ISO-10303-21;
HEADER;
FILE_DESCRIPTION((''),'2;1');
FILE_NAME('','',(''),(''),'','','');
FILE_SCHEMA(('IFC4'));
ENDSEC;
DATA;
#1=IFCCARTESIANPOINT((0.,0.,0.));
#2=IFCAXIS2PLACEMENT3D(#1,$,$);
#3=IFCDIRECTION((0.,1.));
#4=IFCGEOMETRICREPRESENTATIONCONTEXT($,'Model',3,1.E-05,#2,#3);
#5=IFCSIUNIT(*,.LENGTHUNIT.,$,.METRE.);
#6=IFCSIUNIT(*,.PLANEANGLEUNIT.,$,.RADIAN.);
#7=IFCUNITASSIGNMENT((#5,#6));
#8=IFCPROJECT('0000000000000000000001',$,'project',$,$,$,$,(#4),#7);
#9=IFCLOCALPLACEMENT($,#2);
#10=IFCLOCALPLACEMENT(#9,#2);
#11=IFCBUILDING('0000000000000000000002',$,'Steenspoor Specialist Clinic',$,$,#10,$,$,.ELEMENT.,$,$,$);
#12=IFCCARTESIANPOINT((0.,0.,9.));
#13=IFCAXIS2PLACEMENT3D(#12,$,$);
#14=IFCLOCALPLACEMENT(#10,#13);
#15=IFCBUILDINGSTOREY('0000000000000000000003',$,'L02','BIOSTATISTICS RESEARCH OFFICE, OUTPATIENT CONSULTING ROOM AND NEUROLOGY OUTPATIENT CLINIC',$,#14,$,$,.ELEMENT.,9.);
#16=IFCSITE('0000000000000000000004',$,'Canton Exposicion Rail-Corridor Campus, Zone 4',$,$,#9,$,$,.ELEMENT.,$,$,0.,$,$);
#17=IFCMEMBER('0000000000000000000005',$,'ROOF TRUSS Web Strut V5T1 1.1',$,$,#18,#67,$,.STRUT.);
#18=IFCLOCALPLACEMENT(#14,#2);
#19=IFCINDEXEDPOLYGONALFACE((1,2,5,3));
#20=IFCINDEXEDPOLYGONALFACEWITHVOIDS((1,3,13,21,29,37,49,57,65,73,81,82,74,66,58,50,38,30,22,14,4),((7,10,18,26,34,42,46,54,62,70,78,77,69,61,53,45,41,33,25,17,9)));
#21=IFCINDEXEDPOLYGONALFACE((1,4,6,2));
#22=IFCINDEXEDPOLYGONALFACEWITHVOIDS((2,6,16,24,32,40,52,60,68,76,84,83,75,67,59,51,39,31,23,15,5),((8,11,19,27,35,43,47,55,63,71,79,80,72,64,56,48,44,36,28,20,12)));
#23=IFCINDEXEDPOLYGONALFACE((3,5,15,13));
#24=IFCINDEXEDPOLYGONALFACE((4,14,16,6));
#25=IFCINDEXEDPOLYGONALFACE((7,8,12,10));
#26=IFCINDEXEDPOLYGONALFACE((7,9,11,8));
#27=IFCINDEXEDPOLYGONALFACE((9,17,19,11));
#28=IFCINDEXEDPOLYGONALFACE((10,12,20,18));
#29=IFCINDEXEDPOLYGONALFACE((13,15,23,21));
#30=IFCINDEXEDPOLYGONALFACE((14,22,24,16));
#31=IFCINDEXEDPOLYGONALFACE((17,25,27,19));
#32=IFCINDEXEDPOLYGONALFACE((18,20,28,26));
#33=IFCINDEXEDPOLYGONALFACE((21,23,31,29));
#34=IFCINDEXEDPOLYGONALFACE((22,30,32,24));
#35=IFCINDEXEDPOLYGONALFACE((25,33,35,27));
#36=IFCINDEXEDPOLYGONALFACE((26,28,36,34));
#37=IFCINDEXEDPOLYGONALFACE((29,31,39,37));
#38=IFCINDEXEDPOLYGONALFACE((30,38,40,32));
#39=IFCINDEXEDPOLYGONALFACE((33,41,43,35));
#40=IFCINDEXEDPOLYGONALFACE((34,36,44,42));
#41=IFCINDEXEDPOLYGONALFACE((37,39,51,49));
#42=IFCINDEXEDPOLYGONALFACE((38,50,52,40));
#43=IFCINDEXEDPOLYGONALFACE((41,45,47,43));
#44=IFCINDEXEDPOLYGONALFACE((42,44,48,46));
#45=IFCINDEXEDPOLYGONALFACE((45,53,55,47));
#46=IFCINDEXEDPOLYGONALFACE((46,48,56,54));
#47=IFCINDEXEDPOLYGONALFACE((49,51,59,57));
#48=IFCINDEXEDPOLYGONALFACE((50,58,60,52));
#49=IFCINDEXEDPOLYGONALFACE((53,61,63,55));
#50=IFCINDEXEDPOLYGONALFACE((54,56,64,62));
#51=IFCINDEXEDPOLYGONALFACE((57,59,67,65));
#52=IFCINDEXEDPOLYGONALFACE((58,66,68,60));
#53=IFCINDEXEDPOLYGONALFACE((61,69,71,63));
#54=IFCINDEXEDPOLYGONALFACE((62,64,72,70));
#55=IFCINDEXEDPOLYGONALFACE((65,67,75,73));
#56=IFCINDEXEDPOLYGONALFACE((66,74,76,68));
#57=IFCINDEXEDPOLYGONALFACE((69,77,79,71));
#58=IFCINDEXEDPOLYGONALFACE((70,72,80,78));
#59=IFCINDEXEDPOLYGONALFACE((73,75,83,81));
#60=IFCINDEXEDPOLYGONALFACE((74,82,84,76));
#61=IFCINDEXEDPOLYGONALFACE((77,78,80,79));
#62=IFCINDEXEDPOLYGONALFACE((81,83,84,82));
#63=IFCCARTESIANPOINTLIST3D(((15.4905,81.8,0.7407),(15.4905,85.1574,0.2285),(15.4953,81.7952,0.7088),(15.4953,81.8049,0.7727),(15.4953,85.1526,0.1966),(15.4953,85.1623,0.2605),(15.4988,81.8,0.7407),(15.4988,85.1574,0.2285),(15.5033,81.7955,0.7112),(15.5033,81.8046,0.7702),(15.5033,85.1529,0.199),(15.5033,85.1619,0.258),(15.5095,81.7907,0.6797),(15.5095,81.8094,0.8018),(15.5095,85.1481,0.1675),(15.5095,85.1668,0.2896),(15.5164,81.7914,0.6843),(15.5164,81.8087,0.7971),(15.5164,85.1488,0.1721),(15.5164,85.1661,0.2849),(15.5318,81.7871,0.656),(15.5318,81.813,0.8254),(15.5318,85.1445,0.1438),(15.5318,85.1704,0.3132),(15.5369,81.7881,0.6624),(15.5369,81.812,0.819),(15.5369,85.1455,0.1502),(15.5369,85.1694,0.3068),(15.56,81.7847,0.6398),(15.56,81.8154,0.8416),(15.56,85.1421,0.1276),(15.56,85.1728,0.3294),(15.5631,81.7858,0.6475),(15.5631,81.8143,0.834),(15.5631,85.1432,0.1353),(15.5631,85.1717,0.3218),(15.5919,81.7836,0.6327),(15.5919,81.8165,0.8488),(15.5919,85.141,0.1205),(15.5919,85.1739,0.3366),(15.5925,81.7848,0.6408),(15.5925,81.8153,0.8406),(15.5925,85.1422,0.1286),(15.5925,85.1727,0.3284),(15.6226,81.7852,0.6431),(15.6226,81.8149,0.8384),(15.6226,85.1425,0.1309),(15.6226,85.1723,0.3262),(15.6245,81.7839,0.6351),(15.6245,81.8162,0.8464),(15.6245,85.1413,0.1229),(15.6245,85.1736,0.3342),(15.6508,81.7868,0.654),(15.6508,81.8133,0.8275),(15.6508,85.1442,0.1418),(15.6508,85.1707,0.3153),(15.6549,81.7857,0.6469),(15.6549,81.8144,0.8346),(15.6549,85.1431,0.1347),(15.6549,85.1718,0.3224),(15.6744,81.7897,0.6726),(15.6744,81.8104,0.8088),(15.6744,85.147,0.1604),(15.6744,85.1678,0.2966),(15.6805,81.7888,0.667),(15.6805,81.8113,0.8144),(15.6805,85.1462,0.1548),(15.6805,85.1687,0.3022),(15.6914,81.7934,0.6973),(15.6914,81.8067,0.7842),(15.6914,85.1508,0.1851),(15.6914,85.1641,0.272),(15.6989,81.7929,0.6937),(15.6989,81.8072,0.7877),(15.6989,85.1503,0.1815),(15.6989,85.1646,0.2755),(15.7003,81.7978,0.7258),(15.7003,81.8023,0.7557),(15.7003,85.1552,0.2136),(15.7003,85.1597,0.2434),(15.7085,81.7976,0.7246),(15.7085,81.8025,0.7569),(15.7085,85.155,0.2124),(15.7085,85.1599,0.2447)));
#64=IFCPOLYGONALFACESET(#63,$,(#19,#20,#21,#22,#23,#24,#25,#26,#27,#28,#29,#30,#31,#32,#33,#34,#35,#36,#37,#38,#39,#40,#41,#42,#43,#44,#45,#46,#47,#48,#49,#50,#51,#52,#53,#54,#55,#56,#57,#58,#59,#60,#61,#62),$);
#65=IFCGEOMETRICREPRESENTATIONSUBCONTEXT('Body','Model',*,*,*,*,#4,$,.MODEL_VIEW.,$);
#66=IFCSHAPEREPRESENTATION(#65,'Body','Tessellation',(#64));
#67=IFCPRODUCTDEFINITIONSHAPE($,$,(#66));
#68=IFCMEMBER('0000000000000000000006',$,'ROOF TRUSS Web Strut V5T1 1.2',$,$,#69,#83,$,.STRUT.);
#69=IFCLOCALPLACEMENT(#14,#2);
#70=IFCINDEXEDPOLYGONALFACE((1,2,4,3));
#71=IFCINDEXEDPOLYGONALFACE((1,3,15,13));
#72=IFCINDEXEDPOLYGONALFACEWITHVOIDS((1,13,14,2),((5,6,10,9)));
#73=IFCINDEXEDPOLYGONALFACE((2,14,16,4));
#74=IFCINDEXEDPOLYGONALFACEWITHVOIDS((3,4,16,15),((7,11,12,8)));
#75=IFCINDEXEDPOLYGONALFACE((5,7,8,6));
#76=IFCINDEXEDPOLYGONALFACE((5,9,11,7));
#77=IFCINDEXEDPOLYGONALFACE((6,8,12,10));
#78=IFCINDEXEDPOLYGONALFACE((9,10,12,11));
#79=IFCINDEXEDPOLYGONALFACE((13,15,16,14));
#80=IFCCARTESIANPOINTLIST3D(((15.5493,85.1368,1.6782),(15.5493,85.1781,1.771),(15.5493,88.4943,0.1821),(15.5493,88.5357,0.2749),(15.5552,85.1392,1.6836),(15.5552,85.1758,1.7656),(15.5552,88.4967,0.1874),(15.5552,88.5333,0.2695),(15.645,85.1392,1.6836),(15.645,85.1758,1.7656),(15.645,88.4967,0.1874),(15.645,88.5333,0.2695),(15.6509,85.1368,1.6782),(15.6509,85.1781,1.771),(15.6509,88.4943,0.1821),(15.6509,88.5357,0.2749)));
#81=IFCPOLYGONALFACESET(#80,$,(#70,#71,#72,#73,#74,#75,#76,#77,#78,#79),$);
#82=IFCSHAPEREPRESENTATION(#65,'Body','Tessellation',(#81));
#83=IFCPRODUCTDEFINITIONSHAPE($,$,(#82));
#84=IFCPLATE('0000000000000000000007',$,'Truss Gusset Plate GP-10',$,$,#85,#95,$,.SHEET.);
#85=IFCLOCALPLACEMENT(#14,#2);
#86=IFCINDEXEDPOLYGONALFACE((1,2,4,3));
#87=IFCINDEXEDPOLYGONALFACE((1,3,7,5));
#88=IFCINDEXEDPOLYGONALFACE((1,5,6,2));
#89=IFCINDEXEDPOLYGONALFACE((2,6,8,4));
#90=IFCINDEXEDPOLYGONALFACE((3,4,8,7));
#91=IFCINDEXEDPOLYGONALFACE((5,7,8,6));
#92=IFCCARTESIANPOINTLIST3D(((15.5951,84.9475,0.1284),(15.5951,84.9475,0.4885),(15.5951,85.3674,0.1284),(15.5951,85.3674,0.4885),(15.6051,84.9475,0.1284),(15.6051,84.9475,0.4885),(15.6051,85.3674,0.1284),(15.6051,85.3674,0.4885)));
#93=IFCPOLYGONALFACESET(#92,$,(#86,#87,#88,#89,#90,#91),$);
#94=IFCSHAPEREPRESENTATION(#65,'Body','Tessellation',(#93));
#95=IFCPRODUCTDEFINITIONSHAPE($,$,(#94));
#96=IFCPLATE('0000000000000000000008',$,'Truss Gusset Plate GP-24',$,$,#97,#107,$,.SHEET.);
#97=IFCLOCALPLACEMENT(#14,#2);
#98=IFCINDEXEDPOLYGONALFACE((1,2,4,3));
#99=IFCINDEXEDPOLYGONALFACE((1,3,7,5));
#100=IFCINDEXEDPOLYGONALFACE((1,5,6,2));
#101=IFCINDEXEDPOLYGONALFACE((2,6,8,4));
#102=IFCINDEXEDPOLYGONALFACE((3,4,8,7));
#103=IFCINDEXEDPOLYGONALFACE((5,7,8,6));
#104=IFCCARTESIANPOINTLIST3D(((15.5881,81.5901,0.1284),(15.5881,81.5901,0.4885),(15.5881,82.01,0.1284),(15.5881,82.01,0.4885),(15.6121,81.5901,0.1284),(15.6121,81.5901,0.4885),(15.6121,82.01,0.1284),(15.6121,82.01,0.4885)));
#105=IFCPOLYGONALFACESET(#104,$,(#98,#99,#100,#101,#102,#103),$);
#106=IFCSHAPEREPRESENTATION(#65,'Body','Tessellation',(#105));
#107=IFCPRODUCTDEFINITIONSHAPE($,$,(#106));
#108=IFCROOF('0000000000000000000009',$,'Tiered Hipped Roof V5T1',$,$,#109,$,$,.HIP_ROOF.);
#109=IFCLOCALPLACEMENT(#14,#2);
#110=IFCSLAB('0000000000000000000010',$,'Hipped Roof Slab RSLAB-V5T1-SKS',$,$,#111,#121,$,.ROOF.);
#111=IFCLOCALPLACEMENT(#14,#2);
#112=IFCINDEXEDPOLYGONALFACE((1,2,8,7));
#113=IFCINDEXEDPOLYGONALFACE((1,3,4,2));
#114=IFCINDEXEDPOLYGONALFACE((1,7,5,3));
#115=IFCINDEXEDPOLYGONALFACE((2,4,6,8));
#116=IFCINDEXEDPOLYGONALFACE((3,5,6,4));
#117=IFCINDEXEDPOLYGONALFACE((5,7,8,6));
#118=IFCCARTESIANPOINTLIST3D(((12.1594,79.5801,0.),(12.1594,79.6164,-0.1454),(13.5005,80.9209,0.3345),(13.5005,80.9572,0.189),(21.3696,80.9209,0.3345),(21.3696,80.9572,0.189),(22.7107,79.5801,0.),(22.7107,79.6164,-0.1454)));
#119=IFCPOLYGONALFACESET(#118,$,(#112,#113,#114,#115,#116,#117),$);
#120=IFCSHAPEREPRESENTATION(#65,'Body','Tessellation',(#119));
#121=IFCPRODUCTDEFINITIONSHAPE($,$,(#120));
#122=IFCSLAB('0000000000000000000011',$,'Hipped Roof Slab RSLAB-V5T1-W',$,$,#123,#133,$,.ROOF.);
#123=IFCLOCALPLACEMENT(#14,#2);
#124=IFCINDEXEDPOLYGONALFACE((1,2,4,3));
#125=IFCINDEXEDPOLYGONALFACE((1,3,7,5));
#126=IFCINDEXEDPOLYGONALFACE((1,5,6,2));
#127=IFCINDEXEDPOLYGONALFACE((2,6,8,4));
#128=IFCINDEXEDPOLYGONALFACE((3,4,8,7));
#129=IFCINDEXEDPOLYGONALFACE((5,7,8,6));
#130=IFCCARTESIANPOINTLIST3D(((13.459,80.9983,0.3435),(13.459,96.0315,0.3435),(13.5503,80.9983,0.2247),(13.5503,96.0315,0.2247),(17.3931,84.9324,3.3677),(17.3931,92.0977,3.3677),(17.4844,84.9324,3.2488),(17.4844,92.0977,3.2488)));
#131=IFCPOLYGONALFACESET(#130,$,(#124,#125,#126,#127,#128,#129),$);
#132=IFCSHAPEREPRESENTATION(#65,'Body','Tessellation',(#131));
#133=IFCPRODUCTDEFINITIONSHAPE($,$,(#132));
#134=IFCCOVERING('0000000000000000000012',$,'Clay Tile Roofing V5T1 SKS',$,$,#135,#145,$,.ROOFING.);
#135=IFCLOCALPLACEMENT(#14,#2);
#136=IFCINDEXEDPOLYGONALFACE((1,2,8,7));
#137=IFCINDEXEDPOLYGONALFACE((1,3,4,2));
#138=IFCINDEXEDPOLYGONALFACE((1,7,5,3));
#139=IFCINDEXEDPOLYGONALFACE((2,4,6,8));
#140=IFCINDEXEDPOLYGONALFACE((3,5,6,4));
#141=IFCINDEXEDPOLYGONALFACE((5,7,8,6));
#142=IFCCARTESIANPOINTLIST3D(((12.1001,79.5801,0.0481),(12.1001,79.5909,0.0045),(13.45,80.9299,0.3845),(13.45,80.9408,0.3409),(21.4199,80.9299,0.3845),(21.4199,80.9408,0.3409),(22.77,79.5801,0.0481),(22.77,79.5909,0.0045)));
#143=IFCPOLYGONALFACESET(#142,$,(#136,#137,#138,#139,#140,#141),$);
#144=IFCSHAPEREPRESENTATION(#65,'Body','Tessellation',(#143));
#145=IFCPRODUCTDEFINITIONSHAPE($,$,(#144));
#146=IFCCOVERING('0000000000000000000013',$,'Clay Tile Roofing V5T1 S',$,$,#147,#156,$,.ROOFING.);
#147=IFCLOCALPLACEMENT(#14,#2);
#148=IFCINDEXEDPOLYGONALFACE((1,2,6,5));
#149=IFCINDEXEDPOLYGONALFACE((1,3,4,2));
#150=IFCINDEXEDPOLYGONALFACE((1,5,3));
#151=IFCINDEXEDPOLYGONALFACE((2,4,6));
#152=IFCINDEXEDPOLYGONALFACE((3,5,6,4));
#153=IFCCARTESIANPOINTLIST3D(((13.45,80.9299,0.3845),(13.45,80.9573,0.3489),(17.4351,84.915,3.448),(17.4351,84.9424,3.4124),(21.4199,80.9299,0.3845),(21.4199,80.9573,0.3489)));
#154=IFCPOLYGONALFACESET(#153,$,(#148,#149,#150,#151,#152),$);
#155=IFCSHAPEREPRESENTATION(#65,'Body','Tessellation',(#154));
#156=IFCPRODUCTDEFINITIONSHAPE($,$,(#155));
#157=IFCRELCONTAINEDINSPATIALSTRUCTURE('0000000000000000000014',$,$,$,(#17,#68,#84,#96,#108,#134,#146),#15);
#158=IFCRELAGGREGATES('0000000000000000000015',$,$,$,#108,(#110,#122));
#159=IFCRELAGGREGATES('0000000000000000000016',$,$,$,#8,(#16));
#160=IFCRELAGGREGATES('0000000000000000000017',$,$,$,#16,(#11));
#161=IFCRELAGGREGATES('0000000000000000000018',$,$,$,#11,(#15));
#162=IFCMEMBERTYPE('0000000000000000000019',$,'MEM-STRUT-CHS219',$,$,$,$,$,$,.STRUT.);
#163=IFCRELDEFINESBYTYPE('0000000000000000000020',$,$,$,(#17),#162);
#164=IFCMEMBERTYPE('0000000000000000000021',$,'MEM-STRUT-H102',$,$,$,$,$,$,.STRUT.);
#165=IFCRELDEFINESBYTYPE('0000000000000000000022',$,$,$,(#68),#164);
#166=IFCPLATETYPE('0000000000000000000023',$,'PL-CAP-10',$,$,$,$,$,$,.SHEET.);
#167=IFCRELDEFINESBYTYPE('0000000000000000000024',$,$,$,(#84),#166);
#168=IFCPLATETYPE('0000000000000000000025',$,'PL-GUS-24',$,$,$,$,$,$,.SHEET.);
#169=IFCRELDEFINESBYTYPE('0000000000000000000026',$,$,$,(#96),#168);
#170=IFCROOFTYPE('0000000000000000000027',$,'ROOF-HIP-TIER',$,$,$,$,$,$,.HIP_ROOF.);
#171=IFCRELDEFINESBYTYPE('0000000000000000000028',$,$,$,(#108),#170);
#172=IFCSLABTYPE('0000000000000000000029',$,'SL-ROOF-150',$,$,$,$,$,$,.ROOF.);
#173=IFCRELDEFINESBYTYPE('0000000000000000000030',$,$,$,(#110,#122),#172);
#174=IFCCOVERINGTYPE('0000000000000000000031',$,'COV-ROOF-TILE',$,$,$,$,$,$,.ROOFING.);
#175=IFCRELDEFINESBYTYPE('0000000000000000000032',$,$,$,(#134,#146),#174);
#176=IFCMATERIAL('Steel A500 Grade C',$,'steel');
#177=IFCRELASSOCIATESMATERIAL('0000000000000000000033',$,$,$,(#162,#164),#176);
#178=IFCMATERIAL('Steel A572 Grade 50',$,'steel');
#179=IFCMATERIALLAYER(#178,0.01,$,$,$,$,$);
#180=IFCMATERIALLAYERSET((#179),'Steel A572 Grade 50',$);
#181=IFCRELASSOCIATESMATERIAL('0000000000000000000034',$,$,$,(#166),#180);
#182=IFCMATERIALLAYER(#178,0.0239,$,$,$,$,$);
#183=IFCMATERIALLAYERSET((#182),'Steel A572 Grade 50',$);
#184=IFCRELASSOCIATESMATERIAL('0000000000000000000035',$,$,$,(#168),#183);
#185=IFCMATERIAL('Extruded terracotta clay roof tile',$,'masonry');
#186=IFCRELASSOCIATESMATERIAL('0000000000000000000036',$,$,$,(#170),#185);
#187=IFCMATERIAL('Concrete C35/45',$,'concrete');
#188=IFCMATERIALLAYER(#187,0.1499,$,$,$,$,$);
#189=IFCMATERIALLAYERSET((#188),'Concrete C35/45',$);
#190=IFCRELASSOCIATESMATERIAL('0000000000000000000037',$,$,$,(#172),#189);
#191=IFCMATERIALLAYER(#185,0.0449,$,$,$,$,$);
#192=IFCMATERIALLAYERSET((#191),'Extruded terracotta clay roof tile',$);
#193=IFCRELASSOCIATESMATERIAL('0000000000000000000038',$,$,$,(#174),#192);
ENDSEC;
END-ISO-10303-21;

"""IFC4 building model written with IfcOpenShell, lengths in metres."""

from ifc_helpers import new_model, si_unit, direction, frame, origin, origin_2d, place, context, subcontext, project, spatial, polyline, rectangle, hollow_rectangle, hollow_circle, outline, extrude, material, layer, layer_set, material_profile, profile_set, type_object, element, aggregate, save


model = new_model("IFC4")

# Units and contexts
model_context = context("Model", 3, precision=1e-05, world=origin(), true_north=direction((0.0, 1.0)))
body_context = subcontext(model_context, "Body", "Model", "MODEL_VIEW")
ifc_project = project(units=[si_unit("LENGTHUNIT", "METRE"), si_unit("PLANEANGLEUNIT", "RADIAN")], contexts=[model_context])

# Site, building, storey
site_placement = place(None, origin())
site = spatial("IfcSite", under=ifc_project, at=site_placement, Name="Canton Exposicion Rail-Corridor Campus, Zone 4", CompositionType="ELEMENT", RefElevation=0.0)
building_placement = place(site_placement, origin())
building = spatial("IfcBuilding", under=site, at=building_placement, Name="Steenspoor Specialist Clinic", CompositionType="ELEMENT")
storey_placement = place(building_placement, frame((0.0, 0.0, 9.0)))
storey = spatial("IfcBuildingStorey", under=building, at=storey_placement, Name="L02", Description="BIOSTATISTICS RESEARCH OFFICE, OUTPATIENT CONSULTING ROOM AND NEUROLOGY OUTPATIENT CLINIC", CompositionType="ELEMENT", Elevation=9.0)

# Members
ifc_material_1 = material(Name="Steel A500 Grade C", Category="steel")
ifc_material_profile_1 = material_profile(ifc_material_1, hollow_circle(Radius=0.1096, WallThickness=0.0083, at=origin_2d()), Name="CHS219X8.2")
ifc_profile_set_1 = profile_set([ifc_material_profile_1], Name="Steel A500 Grade C")
member_type_1 = type_object("IfcMemberType", Name="MEM-STRUT-CHS219", PredefinedType="STRUT", material=ifc_profile_set_1)
member_1_placement = place(storey_placement, frame((15.6001, 81.8, 0.7407), z_axis=(0.0, 0.988562, -0.150815), x_axis=(-1.0, 0.0, 0.0)))
element("IfcMember", 1, at=member_1_placement, inside=storey, type_object=member_type_1, Name="ROOF TRUSS Web Strut V5T1 1.1", PredefinedType="STRUT", context=body_context, shape_type="SweptSolid", body=[
    extrude(hollow_circle(Radius=0.1096, WallThickness=0.0083, at=origin_2d()), origin(), (0.0, 0.0, 1.0), 3.3962),
])
ifc_material_profile_2 = material_profile(ifc_material_1, hollow_rectangle(XDim=0.1016, YDim=0.1016, WallThickness=0.0059, at=origin_2d()), Name="HSS102X102X6.4")
ifc_profile_set_2 = profile_set([ifc_material_profile_2], Name="Steel A500 Grade C")
member_type_2 = type_object("IfcMemberType", Name="MEM-STRUT-H102", PredefinedType="STRUT", material=ifc_profile_set_2)
member_2_placement = place(storey_placement, frame((15.6001, 85.1575, 1.7246), z_axis=(0.0, 0.913417, -0.407026), x_axis=(-1.0, 0.0, 0.0)))
element("IfcMember", 2, at=member_2_placement, inside=storey, type_object=member_type_2, Name="ROOF TRUSS Web Strut V5T1 1.2", PredefinedType="STRUT", context=body_context, shape_type="SweptSolid", body=[
    extrude(hollow_rectangle(XDim=0.1016, YDim=0.1016, WallThickness=0.0059, at=origin_2d()), origin(), (0.0, 0.0, 1.0), 3.6758),
])

# Plates
ifc_material_2 = material(Name="Steel A572 Grade 50", Category="steel")
ifc_layer_1 = layer(ifc_material_2, 0.01)
ifc_layer_set_1 = layer_set([ifc_layer_1], Name="Steel A572 Grade 50")
plate_type_1 = type_object("IfcPlateType", Name="PL-CAP-10", PredefinedType="SHEET", material=ifc_layer_set_1)
plate_1_placement = place(storey_placement, frame((15.6001, 85.1575, 0.1284), z_axis=(0.0, 0.0, 1.0), x_axis=(1.0, 0.0, 0.0)))
element("IfcPlate", 3, at=plate_1_placement, inside=storey, type_object=plate_type_1, Name="Truss Gusset Plate GP-10", PredefinedType="SHEET", context=body_context, shape_type="SweptSolid", body=[
    extrude(rectangle(XDim=0.01, YDim=0.4199, at=origin_2d()), origin(), (0.0, 0.0, 1.0), 0.3601),
])
ifc_layer_2 = layer(ifc_material_2, 0.0239)
ifc_layer_set_2 = layer_set([ifc_layer_2], Name="Steel A572 Grade 50")
plate_type_2 = type_object("IfcPlateType", Name="PL-GUS-24", PredefinedType="SHEET", material=ifc_layer_set_2)
plate_2_placement = place(storey_placement, frame((15.6001, 81.8, 0.1284), z_axis=(0.0, 0.0, 1.0), x_axis=(1.0, 0.0, 0.0)))
element("IfcPlate", 4, at=plate_2_placement, inside=storey, type_object=plate_type_2, Name="Truss Gusset Plate GP-24", PredefinedType="SHEET", context=body_context, shape_type="SweptSolid", body=[
    extrude(rectangle(XDim=0.0239, YDim=0.4199, at=origin_2d()), origin(), (0.0, 0.0, 1.0), 0.3601),
])

# Roof, slabs
ifc_material_3 = material(Name="Extruded terracotta clay roof tile", Category="masonry")
roof_type = type_object("IfcRoofType", Name="ROOF-HIP-TIER", PredefinedType="HIP_ROOF", material=ifc_material_3)
roof_placement = place(storey_placement, origin())
roof = element("IfcRoof", 5, at=roof_placement, inside=storey, type_object=roof_type, Name="Tiered Hipped Roof V5T1", PredefinedType="HIP_ROOF")
ifc_material_4 = material(Name="Concrete C35/45", Category="concrete")
ifc_layer_3 = layer(ifc_material_4, 0.1499)
ifc_layer_set_3 = layer_set([ifc_layer_3], Name="Concrete C35/45")
slab_type = type_object("IfcSlabType", Name="SL-ROOF-150", PredefinedType="ROOF", material=ifc_layer_set_3)
slab_1_placement = place(storey_placement, frame((13.5005, 80.9209, 0.3345), z_axis=(0.0, -0.242037, 0.970267), x_axis=(-0.696422, -0.696295, -0.173693)))
slab_1 = element("IfcSlab", 6, at=slab_1_placement, type_object=slab_type, Name="Hipped Roof Slab RSLAB-V5T1-SKS", PredefinedType="ROOF", context=body_context, shape_type="SweptSolid", body=[
    extrude(outline(polyline([(0.0, 0.0), (1.9256, 0.0), (-5.4225, 7.5719), (-5.4802, 5.6472), (0.0, 0.0)])), origin(), (0.0, 0.0, -1.0), 0.1499),
])
slab_2_placement = place(storey_placement, frame((13.459, 80.9983, 0.3435), z_axis=(-0.609452, 0.0, 0.792823), x_axis=(0.62126, 0.62126, 0.477569)))
slab_2 = element("IfcSlab", 7, at=slab_2_placement, type_object=slab_type, Name="Hipped Roof Slab RSLAB-V5T1-W", PredefinedType="ROOF", context=body_context, shape_type="SweptSolid", body=[
    extrude(outline(polyline([(0.0, 0.0), (6.3324, 0.0), (10.7839, 5.6147), (9.3395, 11.7801), (0.0, 0.0)])), origin(), (0.0, 0.0, -1.0), 0.1499),
])
aggregate(roof, [slab_1, slab_2])

# Coverings
ifc_layer_4 = layer(ifc_material_3, 0.0449)
ifc_layer_set_4 = layer_set([ifc_layer_4], Name="Extruded terracotta clay roof tile")
covering_type = type_object("IfcCoveringType", Name="COV-ROOF-TILE", PredefinedType="ROOFING", material=ifc_layer_set_4)
covering_1_placement = place(storey_placement, frame((12.1001, 79.5801, 0.0481), z_axis=(0.0, -0.241834, 0.970318), x_axis=(1.0, 0.0, 0.0)))
element("IfcCovering", 8, at=covering_1_placement, inside=storey, type_object=covering_type, Name="Clay Tile Roofing V5T1 SKS", PredefinedType="ROOFING", context=body_context, shape_type="SweptSolid", body=[
    extrude(outline(polyline([(0.0, 0.0), (10.6699, 0.0), (9.3198, 1.3911), (1.3499, 1.3911), (0.0, 0.0)])), origin(), (0.0, 0.0, -1.0), 0.0449),
])
covering_2_placement = place(storey_placement, frame((13.45, 80.9299, 0.3845), z_axis=(0.0, -0.609462, 0.792815), x_axis=(1.0, 0.0, 0.0)))
element("IfcCovering", 9, at=covering_2_placement, inside=storey, type_object=covering_type, Name="Clay Tile Roofing V5T1 S", PredefinedType="ROOFING", context=body_context, shape_type="SweptSolid", body=[
    extrude(outline(polyline([(0.0, 0.0), (7.97, 0.0), (3.9851, 5.0265), (0.0, 0.0)])), origin(), (0.0, 0.0, -1.0), 0.0449),
])

save(model, "model.ifc")
